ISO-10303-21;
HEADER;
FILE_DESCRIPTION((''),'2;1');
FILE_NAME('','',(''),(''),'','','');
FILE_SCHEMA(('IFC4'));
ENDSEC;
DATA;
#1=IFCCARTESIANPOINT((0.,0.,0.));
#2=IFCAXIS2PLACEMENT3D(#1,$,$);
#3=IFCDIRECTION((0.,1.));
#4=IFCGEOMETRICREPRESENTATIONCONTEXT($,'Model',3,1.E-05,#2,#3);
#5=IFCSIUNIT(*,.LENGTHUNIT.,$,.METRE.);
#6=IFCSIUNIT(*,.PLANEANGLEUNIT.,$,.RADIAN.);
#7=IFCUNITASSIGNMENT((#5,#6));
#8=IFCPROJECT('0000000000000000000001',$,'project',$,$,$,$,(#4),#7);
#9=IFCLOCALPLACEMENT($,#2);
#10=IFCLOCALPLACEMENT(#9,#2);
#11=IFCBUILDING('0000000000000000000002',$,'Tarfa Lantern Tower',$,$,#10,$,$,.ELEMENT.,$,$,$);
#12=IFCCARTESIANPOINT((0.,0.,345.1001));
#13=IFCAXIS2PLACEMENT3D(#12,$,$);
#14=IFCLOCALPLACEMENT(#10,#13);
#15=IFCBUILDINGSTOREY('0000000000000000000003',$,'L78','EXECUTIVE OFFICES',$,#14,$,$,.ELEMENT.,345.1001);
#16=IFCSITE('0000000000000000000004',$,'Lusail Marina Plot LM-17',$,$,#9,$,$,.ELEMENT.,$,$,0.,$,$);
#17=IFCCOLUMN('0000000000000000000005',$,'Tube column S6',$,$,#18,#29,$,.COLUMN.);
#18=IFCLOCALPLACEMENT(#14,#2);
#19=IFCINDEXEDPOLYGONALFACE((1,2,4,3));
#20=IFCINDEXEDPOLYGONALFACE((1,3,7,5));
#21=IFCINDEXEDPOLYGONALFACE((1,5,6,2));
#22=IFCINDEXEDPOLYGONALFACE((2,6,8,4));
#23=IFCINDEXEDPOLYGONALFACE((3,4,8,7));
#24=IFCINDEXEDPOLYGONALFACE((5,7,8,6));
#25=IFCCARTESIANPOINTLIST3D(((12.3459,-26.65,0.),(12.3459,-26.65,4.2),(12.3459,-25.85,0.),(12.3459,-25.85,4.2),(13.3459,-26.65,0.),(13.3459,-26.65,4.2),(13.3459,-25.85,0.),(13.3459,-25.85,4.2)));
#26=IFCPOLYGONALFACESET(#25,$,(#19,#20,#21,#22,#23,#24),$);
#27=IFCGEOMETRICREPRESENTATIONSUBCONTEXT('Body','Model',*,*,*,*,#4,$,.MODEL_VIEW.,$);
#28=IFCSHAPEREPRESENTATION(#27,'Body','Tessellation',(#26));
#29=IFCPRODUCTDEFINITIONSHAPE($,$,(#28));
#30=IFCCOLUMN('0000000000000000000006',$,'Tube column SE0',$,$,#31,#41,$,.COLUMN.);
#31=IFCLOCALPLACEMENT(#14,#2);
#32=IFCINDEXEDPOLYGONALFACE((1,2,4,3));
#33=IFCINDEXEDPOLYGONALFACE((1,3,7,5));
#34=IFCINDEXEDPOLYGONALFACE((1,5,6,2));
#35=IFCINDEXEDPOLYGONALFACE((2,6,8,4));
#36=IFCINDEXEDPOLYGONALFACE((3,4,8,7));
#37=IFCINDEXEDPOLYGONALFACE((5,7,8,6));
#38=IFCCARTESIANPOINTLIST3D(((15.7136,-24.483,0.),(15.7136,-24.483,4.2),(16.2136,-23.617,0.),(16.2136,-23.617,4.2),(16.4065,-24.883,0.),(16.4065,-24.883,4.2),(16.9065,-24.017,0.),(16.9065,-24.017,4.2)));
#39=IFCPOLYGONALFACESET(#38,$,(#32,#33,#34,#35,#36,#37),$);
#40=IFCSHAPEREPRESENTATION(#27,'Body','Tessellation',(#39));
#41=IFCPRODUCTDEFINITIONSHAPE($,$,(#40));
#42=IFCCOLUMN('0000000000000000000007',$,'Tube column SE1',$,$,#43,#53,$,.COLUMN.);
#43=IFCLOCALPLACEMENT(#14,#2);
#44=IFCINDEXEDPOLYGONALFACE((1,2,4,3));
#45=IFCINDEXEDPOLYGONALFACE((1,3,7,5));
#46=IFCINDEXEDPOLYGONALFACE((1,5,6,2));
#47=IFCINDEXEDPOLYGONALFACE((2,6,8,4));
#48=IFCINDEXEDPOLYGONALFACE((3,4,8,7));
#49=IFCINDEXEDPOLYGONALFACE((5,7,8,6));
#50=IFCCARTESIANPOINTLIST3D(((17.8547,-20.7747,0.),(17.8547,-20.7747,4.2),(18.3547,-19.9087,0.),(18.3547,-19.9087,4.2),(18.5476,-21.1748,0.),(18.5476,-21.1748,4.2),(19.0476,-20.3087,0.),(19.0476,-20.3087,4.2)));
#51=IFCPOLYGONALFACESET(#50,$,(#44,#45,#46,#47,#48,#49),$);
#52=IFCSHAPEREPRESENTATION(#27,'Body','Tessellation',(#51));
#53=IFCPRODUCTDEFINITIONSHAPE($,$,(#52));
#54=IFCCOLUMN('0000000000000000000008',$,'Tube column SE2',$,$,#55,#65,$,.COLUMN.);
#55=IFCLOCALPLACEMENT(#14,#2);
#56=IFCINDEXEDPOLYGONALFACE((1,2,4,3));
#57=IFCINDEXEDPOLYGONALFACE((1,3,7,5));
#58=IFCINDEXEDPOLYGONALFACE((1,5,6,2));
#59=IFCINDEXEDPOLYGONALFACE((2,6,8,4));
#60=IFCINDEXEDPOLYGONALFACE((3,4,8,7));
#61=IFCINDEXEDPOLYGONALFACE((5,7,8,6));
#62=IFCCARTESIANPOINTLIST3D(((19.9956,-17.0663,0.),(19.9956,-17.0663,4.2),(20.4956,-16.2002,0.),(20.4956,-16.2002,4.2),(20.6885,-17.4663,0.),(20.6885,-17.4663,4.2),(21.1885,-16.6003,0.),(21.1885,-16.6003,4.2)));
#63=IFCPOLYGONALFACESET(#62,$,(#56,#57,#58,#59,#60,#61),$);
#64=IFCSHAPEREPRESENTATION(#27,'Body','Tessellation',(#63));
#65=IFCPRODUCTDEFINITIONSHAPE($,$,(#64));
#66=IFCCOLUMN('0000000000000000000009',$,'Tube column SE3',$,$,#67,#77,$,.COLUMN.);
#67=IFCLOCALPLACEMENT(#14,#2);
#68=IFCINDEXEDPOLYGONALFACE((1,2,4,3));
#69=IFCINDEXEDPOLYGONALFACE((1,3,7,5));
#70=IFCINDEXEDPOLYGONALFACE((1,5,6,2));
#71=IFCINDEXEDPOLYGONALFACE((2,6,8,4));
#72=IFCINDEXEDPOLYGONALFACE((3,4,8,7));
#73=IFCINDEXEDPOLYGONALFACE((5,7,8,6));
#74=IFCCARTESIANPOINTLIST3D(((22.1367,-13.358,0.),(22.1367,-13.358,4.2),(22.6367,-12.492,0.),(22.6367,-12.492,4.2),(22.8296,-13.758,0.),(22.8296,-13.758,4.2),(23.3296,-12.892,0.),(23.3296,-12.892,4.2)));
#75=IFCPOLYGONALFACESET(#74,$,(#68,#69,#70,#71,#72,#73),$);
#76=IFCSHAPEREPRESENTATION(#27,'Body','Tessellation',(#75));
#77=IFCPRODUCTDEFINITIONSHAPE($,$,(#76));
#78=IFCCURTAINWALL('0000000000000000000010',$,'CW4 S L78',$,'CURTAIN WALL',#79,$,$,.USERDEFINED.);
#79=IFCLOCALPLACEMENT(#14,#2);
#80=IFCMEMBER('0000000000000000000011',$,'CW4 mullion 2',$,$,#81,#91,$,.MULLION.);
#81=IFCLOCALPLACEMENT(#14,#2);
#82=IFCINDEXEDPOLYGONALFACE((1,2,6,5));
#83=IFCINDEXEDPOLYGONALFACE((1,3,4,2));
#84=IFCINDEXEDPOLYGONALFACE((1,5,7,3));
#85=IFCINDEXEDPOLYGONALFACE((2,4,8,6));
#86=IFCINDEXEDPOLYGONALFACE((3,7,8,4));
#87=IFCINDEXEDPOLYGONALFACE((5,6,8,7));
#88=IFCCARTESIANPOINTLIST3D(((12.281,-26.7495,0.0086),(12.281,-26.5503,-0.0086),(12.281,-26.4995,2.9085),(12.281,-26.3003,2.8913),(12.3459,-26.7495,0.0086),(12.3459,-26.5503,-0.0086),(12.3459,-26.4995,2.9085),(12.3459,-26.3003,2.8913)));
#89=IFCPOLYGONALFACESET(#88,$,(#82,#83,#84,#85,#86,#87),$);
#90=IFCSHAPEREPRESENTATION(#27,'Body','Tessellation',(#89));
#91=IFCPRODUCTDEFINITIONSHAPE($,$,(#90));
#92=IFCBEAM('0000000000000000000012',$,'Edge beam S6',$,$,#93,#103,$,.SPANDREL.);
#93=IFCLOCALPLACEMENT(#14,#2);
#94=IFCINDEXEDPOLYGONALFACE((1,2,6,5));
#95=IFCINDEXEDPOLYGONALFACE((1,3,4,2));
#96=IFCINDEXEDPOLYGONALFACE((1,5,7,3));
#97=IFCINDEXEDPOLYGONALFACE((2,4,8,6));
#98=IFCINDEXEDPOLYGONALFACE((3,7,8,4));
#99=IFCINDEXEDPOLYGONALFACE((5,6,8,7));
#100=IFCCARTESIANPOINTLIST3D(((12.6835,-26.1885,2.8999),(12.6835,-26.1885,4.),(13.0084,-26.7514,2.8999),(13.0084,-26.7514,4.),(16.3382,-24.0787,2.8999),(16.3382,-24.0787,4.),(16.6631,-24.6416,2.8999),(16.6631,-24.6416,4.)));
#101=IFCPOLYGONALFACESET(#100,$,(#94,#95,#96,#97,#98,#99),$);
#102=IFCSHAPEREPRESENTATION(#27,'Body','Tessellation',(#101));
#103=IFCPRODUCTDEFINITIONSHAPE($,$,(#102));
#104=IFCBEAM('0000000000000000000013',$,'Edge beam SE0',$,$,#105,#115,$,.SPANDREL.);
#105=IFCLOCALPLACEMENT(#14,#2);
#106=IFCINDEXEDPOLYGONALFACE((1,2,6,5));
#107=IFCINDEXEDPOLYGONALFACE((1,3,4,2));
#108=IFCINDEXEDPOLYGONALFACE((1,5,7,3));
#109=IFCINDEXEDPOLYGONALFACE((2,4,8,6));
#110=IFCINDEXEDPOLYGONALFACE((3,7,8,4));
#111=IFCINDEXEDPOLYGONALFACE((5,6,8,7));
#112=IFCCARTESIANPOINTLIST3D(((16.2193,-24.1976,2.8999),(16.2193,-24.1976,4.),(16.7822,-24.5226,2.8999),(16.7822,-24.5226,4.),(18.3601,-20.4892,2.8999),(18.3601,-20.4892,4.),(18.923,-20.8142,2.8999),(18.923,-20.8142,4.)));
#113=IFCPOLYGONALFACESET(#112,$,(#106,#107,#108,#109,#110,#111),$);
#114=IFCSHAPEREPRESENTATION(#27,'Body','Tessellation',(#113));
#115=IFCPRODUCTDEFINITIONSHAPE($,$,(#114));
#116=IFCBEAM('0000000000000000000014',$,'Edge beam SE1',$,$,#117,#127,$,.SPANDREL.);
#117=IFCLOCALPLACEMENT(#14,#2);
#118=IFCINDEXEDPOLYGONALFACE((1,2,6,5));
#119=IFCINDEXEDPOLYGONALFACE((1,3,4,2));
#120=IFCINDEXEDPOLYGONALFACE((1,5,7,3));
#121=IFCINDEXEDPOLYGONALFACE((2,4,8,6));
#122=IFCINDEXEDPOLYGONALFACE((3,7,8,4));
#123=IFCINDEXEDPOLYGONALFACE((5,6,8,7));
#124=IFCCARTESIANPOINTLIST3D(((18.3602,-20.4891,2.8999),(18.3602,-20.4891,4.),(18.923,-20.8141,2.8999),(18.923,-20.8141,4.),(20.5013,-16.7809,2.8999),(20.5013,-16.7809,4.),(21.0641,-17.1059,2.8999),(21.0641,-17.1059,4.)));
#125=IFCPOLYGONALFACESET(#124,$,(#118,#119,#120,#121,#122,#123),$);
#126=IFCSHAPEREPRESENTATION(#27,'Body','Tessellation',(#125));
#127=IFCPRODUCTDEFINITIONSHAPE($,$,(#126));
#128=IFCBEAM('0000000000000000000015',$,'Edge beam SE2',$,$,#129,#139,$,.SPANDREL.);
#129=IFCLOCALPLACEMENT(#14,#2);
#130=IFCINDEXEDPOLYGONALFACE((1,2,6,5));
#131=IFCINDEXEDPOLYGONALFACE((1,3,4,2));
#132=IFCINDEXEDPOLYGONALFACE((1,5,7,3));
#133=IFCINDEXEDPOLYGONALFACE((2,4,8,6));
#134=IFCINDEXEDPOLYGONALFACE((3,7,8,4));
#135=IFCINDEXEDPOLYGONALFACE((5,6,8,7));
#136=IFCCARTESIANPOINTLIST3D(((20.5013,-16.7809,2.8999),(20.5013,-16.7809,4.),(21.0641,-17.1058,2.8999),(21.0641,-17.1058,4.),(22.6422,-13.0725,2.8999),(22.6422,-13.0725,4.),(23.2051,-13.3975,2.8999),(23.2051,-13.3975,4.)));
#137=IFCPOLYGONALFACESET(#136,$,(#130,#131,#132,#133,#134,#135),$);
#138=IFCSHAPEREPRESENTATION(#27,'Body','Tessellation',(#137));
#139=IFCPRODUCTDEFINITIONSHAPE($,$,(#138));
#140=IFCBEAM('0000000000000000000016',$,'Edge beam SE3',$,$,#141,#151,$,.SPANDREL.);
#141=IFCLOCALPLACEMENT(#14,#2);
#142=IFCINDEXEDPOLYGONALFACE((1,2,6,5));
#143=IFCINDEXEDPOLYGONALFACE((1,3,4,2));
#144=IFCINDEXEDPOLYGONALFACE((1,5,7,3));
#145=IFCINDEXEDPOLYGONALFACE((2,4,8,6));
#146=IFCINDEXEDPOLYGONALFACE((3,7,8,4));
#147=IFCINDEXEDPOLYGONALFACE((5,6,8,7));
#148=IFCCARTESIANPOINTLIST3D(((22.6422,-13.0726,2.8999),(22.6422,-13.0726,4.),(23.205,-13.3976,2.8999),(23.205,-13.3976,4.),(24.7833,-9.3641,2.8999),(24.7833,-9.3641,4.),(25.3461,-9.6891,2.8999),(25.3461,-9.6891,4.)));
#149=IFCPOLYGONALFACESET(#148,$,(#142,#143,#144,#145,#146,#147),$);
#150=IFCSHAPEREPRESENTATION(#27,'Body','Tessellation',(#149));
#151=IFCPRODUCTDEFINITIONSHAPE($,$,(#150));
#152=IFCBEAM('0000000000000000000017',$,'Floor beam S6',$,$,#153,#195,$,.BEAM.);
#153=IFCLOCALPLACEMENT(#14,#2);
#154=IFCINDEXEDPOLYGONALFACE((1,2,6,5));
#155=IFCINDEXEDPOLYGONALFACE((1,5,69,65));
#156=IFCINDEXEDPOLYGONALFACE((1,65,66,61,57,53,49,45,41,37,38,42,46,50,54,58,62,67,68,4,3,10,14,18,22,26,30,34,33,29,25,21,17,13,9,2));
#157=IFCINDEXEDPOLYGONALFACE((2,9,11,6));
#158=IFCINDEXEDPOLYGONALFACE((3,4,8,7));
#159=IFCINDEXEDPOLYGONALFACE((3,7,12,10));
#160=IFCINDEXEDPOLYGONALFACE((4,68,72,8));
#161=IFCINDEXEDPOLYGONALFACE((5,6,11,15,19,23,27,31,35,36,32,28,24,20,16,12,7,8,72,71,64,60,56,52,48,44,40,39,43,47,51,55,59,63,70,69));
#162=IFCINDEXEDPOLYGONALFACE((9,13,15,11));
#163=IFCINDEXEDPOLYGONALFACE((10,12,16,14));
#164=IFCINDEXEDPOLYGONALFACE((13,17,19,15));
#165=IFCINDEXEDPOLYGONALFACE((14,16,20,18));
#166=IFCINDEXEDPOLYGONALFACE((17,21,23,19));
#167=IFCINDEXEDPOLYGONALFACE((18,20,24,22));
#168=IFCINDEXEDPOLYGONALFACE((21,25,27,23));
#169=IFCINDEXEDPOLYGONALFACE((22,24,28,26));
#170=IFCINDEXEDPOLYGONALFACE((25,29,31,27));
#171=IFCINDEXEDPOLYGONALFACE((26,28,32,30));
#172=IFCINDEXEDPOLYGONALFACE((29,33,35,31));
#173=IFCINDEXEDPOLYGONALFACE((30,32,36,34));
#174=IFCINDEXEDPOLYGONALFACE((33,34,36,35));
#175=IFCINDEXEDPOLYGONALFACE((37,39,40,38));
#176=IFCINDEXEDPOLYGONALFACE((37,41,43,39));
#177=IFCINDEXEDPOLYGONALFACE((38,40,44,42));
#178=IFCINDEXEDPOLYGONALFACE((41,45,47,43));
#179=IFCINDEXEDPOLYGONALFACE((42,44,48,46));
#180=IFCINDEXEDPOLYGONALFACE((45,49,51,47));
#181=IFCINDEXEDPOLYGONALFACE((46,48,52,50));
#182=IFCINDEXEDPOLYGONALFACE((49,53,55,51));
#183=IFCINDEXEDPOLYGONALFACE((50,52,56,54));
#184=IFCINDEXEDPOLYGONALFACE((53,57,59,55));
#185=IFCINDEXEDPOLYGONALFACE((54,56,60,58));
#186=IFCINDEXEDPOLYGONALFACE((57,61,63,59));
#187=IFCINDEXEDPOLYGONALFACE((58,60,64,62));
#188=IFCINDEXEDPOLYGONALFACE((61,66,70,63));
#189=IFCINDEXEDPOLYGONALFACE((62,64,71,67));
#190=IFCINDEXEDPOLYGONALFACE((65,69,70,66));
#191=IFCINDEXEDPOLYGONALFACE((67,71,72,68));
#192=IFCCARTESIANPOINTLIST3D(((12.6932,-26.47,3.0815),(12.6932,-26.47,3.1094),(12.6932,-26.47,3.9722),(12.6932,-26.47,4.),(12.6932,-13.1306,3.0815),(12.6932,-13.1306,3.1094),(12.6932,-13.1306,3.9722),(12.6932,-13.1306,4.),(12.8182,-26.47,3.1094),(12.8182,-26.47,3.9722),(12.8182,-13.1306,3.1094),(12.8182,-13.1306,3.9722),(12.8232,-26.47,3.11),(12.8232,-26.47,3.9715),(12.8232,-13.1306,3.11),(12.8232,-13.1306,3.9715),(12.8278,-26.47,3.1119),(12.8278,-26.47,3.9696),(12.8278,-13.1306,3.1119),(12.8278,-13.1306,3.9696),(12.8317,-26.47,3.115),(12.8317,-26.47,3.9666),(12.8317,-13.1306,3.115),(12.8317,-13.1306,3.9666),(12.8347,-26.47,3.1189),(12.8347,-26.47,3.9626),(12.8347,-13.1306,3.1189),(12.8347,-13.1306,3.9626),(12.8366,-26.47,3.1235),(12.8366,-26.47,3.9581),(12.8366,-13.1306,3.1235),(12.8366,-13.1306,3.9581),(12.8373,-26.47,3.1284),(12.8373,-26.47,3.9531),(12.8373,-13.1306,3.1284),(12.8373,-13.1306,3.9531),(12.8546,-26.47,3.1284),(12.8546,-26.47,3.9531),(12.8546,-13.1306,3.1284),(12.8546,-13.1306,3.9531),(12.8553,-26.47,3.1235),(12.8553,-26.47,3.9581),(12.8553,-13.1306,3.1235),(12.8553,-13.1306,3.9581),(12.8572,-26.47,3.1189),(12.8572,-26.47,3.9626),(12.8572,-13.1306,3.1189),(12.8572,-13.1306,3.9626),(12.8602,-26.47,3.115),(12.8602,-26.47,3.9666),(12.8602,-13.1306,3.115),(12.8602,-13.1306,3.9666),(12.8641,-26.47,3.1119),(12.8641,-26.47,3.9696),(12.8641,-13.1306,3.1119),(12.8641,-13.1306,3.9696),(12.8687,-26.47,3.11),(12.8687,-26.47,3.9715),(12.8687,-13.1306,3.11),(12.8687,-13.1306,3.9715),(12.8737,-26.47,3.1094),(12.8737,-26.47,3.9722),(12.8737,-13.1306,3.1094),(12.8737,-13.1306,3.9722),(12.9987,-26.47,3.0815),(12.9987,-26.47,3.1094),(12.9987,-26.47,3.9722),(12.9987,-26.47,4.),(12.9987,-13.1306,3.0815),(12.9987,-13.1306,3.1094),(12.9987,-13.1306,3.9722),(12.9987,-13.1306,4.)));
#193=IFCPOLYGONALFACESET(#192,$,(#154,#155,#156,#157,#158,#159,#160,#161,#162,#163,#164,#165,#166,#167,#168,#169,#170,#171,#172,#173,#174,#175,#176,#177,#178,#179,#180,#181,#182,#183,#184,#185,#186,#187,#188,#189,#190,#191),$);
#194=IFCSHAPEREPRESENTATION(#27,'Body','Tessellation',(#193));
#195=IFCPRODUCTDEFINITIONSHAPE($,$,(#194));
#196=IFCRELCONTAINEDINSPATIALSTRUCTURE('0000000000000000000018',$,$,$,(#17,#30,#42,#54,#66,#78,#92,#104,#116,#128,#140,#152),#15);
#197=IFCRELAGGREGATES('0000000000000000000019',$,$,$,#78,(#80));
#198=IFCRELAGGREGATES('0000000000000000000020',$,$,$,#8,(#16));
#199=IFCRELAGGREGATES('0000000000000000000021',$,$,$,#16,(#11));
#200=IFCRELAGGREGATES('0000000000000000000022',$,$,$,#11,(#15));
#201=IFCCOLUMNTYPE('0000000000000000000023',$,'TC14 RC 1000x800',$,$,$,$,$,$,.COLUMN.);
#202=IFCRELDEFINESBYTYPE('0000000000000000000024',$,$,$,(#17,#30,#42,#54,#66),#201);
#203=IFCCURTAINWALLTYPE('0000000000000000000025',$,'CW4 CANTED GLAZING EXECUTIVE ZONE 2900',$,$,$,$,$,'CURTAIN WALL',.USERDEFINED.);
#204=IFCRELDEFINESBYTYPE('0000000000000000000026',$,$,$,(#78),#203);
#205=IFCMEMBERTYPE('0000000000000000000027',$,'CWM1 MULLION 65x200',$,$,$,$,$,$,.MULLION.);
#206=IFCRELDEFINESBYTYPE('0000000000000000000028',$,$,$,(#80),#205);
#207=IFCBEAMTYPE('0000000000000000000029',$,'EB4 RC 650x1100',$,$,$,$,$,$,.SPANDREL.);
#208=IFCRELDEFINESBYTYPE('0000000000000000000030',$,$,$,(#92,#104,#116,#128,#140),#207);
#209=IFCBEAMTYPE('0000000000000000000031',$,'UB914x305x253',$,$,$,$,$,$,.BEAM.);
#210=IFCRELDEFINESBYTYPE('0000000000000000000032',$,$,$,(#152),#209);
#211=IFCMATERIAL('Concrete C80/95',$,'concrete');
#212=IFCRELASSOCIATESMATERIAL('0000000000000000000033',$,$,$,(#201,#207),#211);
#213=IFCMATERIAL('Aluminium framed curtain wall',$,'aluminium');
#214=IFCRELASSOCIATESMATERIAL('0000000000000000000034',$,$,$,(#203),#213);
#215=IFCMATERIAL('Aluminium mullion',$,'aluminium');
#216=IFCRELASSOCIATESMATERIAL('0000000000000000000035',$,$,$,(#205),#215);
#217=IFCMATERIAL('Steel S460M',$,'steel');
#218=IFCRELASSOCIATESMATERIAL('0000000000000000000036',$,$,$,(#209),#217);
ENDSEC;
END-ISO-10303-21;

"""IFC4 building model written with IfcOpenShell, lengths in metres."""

from ifc_helpers import new_model, si_unit, direction, frame, origin, origin_2d, place, context, subcontext, project, spatial, rectangle, i_section, extrude, material, material_profile, profile_set, type_object, element, aggregate, save


model = new_model("IFC4")

# Units and contexts
model_context = context("Model", 3, precision=1e-05, world=origin(), true_north=direction((0.0, 1.0)))
body_context = subcontext(model_context, "Body", "Model", "MODEL_VIEW")
ifc_project = project(units=[si_unit("LENGTHUNIT", "METRE"), si_unit("PLANEANGLEUNIT", "RADIAN")], contexts=[model_context])

# Site, building, storey
site_placement = place(None, origin())
site = spatial("IfcSite", under=ifc_project, at=site_placement, Name="Lusail Marina Plot LM-17", CompositionType="ELEMENT", RefElevation=0.0)
building_placement = place(site_placement, origin())
building = spatial("IfcBuilding", under=site, at=building_placement, Name="Tarfa Lantern Tower", CompositionType="ELEMENT")
storey_placement = place(building_placement, frame((0.0, 0.0, 345.1001)))
storey = spatial("IfcBuildingStorey", under=building, at=storey_placement, Name="L78", Description="EXECUTIVE OFFICES", CompositionType="ELEMENT", Elevation=345.1001)

# Columns
ifc_material_1 = material(Name="Concrete C80/95", Category="concrete")
ifc_material_profile_1 = material_profile(ifc_material_1, rectangle(XDim=1.0, YDim=0.8, at=origin_2d()), Name="RC 1000x800")
ifc_profile_set_1 = profile_set([ifc_material_profile_1], Name="Concrete C80/95")
column_type = type_object("IfcColumnType", Name="TC14 RC 1000x800", PredefinedType="COLUMN", material=ifc_profile_set_1)
for number, where, z_axis, x_axis, name in (
    (1, (12.8459, -26.25, 0.0), (0.0, 0.0, 1.0), (1.0, 0.0, 0.0), "Tube column S6"),
    (2, (16.3101, -24.25, 0.0), (0.0, 0.0, 1.0), (0.5, 0.866025, 0.0), "Tube column SE0"),
    (3, (18.4512, -20.5417, 0.0), (0.0, 0.0, 1.0), (0.5, 0.866025, 0.0), "Tube column SE1"),
    (4, (20.592, -16.8333, 0.0), (0.0, 0.0, 1.0), (0.5, 0.866025, 0.0), "Tube column SE2"),
    (5, (22.7332, -13.125, 0.0), (0.0, 0.0, 1.0), (0.5, 0.866025, 0.0), "Tube column SE3"),
):
    element("IfcColumn", number, at=place(storey_placement, frame(where, z_axis=z_axis, x_axis=x_axis)), inside=storey, type_object=column_type, Name=name, PredefinedType="COLUMN", context=body_context, shape_type="SweptSolid", body=[
        extrude(rectangle(XDim=1.0, YDim=0.8, at=origin_2d()), origin(), (0.0, 0.0, 1.0), 4.2),
    ])

# Curtain wall, member
ifc_material_2 = material(Name="Aluminium framed curtain wall", Category="aluminium")
curtain_wall_type = type_object("IfcCurtainWallType", Name="CW4 CANTED GLAZING EXECUTIVE ZONE 2900", ElementType="CURTAIN WALL", PredefinedType="USERDEFINED", material=ifc_material_2)
curtain_wall_placement = place(storey_placement, origin())
curtain_wall = element("IfcCurtainWall", 6, at=curtain_wall_placement, inside=storey, type_object=curtain_wall_type, Name="CW4 S L78", ObjectType="CURTAIN WALL", PredefinedType="USERDEFINED")
ifc_material_3 = material(Name="Aluminium mullion", Category="aluminium")
ifc_material_profile_2 = material_profile(ifc_material_3, rectangle(XDim=0.0649, YDim=0.2, at=origin_2d()), Name="AL MULLION 65x200")
ifc_profile_set_2 = profile_set([ifc_material_profile_2], Name="Aluminium mullion")
member_type = type_object("IfcMemberType", Name="CWM1 MULLION 65x200", PredefinedType="MULLION", material=ifc_profile_set_2)
member_placement = place(storey_placement, frame((12.3135, -26.6499, 0.0), z_axis=(0.0, 0.085891, 0.996305), x_axis=(-1.0, 0.0, 0.0)))
member = element("IfcMember", 7, at=member_placement, type_object=member_type, Name="CW4 mullion 2", PredefinedType="MULLION", context=body_context, shape_type="SweptSolid", body=[
    extrude(rectangle(XDim=0.0649, YDim=0.2, at=origin_2d()), origin(), (0.0, 0.0, 1.0), 2.9106),
])
aggregate(curtain_wall, [member])

# Beams
ifc_material_profile_3 = material_profile(ifc_material_1, rectangle(XDim=0.6499, YDim=1.1001, at=origin_2d()), Name="RC 650x1100")
ifc_profile_set_3 = profile_set([ifc_material_profile_3], Name="Concrete C80/95")
beam_type_1 = type_object("IfcBeamType", Name="EB4 RC 650x1100", PredefinedType="SPANDREL", material=ifc_profile_set_3)
beam_1_placement = place(storey_placement, frame((12.8459, -26.47, 3.45), z_axis=(0.866049, 0.499959, 0.0), x_axis=(-0.499959, 0.866049, 0.0)))
element("IfcBeam", 8, at=beam_1_placement, inside=storey, type_object=beam_type_1, Name="Edge beam S6", PredefinedType="SPANDREL", context=body_context, shape_type="SweptSolid", body=[
    extrude(rectangle(XDim=0.6499, YDim=1.1001, at=origin_2d()), origin(), (0.0, 0.0, 1.0), 4.22),
])
for number, where, z_axis, x_axis, name in (
    (9, (16.5007, -24.3601, 3.45), (0.499959, 0.866049, 0.0), (-0.866049, 0.499959, 0.0), "Edge beam SE0"),
    (10, (18.6416, -20.6516, 3.45), (0.500027, 0.86601, 0.0), (-0.86601, 0.500027, 0.0), "Edge beam SE1"),
    (11, (20.7827, -16.9434, 3.45), (0.499984, 0.866035, 0.0), (-0.866035, 0.499984, 0.0), "Edge beam SE2"),
):
    element("IfcBeam", number, at=place(storey_placement, frame(where, z_axis=z_axis, x_axis=x_axis)), inside=storey, type_object=beam_type_1, Name=name, PredefinedType="SPANDREL", context=body_context, shape_type="SweptSolid", body=[
        extrude(rectangle(XDim=0.6499, YDim=1.1001, at=origin_2d()), origin(), (0.0, 0.0, 1.0), 4.282),
    ])
beam_2_placement = place(storey_placement, frame((22.9236, -13.2351, 3.45), z_axis=(0.500002, 0.866024, 0.0), x_axis=(-0.866024, 0.500002, 0.0)))
element("IfcBeam", 12, at=beam_2_placement, inside=storey, type_object=beam_type_1, Name="Edge beam SE3", PredefinedType="SPANDREL", context=body_context, shape_type="SweptSolid", body=[
    extrude(rectangle(XDim=0.6499, YDim=1.1001, at=origin_2d()), origin(), (0.0, 0.0, 1.0), 4.2822),
])
ifc_material_4 = material(Name="Steel S460M", Category="steel")
ifc_material_profile_4 = material_profile(ifc_material_4, i_section(OverallWidth=0.3054, OverallDepth=0.9185, WebThickness=0.0173, FlangeThickness=0.0278, FilletRadius=0.019, at=origin_2d()), Name="UB914x305x253")
ifc_profile_set_4 = profile_set([ifc_material_profile_4], Name="Steel S460M")
beam_type_2 = type_object("IfcBeamType", Name="UB914x305x253", PredefinedType="BEAM", material=ifc_profile_set_4)
beam_3_placement = place(storey_placement, frame((12.8459, -26.47, 3.5408), z_axis=(0.0, 1.0, 0.0), x_axis=(-1.0, 0.0, 0.0)))
element("IfcBeam", 13, at=beam_3_placement, inside=storey, type_object=beam_type_2, Name="Floor beam S6", PredefinedType="BEAM", context=body_context, shape_type="SweptSolid", body=[
    extrude(i_section(OverallWidth=0.3054, OverallDepth=0.9185, WebThickness=0.0173, FlangeThickness=0.0278, FilletRadius=0.019, at=origin_2d()), origin(), (0.0, 0.0, 1.0), 13.3394),
])

save(model, "model.ifc")
